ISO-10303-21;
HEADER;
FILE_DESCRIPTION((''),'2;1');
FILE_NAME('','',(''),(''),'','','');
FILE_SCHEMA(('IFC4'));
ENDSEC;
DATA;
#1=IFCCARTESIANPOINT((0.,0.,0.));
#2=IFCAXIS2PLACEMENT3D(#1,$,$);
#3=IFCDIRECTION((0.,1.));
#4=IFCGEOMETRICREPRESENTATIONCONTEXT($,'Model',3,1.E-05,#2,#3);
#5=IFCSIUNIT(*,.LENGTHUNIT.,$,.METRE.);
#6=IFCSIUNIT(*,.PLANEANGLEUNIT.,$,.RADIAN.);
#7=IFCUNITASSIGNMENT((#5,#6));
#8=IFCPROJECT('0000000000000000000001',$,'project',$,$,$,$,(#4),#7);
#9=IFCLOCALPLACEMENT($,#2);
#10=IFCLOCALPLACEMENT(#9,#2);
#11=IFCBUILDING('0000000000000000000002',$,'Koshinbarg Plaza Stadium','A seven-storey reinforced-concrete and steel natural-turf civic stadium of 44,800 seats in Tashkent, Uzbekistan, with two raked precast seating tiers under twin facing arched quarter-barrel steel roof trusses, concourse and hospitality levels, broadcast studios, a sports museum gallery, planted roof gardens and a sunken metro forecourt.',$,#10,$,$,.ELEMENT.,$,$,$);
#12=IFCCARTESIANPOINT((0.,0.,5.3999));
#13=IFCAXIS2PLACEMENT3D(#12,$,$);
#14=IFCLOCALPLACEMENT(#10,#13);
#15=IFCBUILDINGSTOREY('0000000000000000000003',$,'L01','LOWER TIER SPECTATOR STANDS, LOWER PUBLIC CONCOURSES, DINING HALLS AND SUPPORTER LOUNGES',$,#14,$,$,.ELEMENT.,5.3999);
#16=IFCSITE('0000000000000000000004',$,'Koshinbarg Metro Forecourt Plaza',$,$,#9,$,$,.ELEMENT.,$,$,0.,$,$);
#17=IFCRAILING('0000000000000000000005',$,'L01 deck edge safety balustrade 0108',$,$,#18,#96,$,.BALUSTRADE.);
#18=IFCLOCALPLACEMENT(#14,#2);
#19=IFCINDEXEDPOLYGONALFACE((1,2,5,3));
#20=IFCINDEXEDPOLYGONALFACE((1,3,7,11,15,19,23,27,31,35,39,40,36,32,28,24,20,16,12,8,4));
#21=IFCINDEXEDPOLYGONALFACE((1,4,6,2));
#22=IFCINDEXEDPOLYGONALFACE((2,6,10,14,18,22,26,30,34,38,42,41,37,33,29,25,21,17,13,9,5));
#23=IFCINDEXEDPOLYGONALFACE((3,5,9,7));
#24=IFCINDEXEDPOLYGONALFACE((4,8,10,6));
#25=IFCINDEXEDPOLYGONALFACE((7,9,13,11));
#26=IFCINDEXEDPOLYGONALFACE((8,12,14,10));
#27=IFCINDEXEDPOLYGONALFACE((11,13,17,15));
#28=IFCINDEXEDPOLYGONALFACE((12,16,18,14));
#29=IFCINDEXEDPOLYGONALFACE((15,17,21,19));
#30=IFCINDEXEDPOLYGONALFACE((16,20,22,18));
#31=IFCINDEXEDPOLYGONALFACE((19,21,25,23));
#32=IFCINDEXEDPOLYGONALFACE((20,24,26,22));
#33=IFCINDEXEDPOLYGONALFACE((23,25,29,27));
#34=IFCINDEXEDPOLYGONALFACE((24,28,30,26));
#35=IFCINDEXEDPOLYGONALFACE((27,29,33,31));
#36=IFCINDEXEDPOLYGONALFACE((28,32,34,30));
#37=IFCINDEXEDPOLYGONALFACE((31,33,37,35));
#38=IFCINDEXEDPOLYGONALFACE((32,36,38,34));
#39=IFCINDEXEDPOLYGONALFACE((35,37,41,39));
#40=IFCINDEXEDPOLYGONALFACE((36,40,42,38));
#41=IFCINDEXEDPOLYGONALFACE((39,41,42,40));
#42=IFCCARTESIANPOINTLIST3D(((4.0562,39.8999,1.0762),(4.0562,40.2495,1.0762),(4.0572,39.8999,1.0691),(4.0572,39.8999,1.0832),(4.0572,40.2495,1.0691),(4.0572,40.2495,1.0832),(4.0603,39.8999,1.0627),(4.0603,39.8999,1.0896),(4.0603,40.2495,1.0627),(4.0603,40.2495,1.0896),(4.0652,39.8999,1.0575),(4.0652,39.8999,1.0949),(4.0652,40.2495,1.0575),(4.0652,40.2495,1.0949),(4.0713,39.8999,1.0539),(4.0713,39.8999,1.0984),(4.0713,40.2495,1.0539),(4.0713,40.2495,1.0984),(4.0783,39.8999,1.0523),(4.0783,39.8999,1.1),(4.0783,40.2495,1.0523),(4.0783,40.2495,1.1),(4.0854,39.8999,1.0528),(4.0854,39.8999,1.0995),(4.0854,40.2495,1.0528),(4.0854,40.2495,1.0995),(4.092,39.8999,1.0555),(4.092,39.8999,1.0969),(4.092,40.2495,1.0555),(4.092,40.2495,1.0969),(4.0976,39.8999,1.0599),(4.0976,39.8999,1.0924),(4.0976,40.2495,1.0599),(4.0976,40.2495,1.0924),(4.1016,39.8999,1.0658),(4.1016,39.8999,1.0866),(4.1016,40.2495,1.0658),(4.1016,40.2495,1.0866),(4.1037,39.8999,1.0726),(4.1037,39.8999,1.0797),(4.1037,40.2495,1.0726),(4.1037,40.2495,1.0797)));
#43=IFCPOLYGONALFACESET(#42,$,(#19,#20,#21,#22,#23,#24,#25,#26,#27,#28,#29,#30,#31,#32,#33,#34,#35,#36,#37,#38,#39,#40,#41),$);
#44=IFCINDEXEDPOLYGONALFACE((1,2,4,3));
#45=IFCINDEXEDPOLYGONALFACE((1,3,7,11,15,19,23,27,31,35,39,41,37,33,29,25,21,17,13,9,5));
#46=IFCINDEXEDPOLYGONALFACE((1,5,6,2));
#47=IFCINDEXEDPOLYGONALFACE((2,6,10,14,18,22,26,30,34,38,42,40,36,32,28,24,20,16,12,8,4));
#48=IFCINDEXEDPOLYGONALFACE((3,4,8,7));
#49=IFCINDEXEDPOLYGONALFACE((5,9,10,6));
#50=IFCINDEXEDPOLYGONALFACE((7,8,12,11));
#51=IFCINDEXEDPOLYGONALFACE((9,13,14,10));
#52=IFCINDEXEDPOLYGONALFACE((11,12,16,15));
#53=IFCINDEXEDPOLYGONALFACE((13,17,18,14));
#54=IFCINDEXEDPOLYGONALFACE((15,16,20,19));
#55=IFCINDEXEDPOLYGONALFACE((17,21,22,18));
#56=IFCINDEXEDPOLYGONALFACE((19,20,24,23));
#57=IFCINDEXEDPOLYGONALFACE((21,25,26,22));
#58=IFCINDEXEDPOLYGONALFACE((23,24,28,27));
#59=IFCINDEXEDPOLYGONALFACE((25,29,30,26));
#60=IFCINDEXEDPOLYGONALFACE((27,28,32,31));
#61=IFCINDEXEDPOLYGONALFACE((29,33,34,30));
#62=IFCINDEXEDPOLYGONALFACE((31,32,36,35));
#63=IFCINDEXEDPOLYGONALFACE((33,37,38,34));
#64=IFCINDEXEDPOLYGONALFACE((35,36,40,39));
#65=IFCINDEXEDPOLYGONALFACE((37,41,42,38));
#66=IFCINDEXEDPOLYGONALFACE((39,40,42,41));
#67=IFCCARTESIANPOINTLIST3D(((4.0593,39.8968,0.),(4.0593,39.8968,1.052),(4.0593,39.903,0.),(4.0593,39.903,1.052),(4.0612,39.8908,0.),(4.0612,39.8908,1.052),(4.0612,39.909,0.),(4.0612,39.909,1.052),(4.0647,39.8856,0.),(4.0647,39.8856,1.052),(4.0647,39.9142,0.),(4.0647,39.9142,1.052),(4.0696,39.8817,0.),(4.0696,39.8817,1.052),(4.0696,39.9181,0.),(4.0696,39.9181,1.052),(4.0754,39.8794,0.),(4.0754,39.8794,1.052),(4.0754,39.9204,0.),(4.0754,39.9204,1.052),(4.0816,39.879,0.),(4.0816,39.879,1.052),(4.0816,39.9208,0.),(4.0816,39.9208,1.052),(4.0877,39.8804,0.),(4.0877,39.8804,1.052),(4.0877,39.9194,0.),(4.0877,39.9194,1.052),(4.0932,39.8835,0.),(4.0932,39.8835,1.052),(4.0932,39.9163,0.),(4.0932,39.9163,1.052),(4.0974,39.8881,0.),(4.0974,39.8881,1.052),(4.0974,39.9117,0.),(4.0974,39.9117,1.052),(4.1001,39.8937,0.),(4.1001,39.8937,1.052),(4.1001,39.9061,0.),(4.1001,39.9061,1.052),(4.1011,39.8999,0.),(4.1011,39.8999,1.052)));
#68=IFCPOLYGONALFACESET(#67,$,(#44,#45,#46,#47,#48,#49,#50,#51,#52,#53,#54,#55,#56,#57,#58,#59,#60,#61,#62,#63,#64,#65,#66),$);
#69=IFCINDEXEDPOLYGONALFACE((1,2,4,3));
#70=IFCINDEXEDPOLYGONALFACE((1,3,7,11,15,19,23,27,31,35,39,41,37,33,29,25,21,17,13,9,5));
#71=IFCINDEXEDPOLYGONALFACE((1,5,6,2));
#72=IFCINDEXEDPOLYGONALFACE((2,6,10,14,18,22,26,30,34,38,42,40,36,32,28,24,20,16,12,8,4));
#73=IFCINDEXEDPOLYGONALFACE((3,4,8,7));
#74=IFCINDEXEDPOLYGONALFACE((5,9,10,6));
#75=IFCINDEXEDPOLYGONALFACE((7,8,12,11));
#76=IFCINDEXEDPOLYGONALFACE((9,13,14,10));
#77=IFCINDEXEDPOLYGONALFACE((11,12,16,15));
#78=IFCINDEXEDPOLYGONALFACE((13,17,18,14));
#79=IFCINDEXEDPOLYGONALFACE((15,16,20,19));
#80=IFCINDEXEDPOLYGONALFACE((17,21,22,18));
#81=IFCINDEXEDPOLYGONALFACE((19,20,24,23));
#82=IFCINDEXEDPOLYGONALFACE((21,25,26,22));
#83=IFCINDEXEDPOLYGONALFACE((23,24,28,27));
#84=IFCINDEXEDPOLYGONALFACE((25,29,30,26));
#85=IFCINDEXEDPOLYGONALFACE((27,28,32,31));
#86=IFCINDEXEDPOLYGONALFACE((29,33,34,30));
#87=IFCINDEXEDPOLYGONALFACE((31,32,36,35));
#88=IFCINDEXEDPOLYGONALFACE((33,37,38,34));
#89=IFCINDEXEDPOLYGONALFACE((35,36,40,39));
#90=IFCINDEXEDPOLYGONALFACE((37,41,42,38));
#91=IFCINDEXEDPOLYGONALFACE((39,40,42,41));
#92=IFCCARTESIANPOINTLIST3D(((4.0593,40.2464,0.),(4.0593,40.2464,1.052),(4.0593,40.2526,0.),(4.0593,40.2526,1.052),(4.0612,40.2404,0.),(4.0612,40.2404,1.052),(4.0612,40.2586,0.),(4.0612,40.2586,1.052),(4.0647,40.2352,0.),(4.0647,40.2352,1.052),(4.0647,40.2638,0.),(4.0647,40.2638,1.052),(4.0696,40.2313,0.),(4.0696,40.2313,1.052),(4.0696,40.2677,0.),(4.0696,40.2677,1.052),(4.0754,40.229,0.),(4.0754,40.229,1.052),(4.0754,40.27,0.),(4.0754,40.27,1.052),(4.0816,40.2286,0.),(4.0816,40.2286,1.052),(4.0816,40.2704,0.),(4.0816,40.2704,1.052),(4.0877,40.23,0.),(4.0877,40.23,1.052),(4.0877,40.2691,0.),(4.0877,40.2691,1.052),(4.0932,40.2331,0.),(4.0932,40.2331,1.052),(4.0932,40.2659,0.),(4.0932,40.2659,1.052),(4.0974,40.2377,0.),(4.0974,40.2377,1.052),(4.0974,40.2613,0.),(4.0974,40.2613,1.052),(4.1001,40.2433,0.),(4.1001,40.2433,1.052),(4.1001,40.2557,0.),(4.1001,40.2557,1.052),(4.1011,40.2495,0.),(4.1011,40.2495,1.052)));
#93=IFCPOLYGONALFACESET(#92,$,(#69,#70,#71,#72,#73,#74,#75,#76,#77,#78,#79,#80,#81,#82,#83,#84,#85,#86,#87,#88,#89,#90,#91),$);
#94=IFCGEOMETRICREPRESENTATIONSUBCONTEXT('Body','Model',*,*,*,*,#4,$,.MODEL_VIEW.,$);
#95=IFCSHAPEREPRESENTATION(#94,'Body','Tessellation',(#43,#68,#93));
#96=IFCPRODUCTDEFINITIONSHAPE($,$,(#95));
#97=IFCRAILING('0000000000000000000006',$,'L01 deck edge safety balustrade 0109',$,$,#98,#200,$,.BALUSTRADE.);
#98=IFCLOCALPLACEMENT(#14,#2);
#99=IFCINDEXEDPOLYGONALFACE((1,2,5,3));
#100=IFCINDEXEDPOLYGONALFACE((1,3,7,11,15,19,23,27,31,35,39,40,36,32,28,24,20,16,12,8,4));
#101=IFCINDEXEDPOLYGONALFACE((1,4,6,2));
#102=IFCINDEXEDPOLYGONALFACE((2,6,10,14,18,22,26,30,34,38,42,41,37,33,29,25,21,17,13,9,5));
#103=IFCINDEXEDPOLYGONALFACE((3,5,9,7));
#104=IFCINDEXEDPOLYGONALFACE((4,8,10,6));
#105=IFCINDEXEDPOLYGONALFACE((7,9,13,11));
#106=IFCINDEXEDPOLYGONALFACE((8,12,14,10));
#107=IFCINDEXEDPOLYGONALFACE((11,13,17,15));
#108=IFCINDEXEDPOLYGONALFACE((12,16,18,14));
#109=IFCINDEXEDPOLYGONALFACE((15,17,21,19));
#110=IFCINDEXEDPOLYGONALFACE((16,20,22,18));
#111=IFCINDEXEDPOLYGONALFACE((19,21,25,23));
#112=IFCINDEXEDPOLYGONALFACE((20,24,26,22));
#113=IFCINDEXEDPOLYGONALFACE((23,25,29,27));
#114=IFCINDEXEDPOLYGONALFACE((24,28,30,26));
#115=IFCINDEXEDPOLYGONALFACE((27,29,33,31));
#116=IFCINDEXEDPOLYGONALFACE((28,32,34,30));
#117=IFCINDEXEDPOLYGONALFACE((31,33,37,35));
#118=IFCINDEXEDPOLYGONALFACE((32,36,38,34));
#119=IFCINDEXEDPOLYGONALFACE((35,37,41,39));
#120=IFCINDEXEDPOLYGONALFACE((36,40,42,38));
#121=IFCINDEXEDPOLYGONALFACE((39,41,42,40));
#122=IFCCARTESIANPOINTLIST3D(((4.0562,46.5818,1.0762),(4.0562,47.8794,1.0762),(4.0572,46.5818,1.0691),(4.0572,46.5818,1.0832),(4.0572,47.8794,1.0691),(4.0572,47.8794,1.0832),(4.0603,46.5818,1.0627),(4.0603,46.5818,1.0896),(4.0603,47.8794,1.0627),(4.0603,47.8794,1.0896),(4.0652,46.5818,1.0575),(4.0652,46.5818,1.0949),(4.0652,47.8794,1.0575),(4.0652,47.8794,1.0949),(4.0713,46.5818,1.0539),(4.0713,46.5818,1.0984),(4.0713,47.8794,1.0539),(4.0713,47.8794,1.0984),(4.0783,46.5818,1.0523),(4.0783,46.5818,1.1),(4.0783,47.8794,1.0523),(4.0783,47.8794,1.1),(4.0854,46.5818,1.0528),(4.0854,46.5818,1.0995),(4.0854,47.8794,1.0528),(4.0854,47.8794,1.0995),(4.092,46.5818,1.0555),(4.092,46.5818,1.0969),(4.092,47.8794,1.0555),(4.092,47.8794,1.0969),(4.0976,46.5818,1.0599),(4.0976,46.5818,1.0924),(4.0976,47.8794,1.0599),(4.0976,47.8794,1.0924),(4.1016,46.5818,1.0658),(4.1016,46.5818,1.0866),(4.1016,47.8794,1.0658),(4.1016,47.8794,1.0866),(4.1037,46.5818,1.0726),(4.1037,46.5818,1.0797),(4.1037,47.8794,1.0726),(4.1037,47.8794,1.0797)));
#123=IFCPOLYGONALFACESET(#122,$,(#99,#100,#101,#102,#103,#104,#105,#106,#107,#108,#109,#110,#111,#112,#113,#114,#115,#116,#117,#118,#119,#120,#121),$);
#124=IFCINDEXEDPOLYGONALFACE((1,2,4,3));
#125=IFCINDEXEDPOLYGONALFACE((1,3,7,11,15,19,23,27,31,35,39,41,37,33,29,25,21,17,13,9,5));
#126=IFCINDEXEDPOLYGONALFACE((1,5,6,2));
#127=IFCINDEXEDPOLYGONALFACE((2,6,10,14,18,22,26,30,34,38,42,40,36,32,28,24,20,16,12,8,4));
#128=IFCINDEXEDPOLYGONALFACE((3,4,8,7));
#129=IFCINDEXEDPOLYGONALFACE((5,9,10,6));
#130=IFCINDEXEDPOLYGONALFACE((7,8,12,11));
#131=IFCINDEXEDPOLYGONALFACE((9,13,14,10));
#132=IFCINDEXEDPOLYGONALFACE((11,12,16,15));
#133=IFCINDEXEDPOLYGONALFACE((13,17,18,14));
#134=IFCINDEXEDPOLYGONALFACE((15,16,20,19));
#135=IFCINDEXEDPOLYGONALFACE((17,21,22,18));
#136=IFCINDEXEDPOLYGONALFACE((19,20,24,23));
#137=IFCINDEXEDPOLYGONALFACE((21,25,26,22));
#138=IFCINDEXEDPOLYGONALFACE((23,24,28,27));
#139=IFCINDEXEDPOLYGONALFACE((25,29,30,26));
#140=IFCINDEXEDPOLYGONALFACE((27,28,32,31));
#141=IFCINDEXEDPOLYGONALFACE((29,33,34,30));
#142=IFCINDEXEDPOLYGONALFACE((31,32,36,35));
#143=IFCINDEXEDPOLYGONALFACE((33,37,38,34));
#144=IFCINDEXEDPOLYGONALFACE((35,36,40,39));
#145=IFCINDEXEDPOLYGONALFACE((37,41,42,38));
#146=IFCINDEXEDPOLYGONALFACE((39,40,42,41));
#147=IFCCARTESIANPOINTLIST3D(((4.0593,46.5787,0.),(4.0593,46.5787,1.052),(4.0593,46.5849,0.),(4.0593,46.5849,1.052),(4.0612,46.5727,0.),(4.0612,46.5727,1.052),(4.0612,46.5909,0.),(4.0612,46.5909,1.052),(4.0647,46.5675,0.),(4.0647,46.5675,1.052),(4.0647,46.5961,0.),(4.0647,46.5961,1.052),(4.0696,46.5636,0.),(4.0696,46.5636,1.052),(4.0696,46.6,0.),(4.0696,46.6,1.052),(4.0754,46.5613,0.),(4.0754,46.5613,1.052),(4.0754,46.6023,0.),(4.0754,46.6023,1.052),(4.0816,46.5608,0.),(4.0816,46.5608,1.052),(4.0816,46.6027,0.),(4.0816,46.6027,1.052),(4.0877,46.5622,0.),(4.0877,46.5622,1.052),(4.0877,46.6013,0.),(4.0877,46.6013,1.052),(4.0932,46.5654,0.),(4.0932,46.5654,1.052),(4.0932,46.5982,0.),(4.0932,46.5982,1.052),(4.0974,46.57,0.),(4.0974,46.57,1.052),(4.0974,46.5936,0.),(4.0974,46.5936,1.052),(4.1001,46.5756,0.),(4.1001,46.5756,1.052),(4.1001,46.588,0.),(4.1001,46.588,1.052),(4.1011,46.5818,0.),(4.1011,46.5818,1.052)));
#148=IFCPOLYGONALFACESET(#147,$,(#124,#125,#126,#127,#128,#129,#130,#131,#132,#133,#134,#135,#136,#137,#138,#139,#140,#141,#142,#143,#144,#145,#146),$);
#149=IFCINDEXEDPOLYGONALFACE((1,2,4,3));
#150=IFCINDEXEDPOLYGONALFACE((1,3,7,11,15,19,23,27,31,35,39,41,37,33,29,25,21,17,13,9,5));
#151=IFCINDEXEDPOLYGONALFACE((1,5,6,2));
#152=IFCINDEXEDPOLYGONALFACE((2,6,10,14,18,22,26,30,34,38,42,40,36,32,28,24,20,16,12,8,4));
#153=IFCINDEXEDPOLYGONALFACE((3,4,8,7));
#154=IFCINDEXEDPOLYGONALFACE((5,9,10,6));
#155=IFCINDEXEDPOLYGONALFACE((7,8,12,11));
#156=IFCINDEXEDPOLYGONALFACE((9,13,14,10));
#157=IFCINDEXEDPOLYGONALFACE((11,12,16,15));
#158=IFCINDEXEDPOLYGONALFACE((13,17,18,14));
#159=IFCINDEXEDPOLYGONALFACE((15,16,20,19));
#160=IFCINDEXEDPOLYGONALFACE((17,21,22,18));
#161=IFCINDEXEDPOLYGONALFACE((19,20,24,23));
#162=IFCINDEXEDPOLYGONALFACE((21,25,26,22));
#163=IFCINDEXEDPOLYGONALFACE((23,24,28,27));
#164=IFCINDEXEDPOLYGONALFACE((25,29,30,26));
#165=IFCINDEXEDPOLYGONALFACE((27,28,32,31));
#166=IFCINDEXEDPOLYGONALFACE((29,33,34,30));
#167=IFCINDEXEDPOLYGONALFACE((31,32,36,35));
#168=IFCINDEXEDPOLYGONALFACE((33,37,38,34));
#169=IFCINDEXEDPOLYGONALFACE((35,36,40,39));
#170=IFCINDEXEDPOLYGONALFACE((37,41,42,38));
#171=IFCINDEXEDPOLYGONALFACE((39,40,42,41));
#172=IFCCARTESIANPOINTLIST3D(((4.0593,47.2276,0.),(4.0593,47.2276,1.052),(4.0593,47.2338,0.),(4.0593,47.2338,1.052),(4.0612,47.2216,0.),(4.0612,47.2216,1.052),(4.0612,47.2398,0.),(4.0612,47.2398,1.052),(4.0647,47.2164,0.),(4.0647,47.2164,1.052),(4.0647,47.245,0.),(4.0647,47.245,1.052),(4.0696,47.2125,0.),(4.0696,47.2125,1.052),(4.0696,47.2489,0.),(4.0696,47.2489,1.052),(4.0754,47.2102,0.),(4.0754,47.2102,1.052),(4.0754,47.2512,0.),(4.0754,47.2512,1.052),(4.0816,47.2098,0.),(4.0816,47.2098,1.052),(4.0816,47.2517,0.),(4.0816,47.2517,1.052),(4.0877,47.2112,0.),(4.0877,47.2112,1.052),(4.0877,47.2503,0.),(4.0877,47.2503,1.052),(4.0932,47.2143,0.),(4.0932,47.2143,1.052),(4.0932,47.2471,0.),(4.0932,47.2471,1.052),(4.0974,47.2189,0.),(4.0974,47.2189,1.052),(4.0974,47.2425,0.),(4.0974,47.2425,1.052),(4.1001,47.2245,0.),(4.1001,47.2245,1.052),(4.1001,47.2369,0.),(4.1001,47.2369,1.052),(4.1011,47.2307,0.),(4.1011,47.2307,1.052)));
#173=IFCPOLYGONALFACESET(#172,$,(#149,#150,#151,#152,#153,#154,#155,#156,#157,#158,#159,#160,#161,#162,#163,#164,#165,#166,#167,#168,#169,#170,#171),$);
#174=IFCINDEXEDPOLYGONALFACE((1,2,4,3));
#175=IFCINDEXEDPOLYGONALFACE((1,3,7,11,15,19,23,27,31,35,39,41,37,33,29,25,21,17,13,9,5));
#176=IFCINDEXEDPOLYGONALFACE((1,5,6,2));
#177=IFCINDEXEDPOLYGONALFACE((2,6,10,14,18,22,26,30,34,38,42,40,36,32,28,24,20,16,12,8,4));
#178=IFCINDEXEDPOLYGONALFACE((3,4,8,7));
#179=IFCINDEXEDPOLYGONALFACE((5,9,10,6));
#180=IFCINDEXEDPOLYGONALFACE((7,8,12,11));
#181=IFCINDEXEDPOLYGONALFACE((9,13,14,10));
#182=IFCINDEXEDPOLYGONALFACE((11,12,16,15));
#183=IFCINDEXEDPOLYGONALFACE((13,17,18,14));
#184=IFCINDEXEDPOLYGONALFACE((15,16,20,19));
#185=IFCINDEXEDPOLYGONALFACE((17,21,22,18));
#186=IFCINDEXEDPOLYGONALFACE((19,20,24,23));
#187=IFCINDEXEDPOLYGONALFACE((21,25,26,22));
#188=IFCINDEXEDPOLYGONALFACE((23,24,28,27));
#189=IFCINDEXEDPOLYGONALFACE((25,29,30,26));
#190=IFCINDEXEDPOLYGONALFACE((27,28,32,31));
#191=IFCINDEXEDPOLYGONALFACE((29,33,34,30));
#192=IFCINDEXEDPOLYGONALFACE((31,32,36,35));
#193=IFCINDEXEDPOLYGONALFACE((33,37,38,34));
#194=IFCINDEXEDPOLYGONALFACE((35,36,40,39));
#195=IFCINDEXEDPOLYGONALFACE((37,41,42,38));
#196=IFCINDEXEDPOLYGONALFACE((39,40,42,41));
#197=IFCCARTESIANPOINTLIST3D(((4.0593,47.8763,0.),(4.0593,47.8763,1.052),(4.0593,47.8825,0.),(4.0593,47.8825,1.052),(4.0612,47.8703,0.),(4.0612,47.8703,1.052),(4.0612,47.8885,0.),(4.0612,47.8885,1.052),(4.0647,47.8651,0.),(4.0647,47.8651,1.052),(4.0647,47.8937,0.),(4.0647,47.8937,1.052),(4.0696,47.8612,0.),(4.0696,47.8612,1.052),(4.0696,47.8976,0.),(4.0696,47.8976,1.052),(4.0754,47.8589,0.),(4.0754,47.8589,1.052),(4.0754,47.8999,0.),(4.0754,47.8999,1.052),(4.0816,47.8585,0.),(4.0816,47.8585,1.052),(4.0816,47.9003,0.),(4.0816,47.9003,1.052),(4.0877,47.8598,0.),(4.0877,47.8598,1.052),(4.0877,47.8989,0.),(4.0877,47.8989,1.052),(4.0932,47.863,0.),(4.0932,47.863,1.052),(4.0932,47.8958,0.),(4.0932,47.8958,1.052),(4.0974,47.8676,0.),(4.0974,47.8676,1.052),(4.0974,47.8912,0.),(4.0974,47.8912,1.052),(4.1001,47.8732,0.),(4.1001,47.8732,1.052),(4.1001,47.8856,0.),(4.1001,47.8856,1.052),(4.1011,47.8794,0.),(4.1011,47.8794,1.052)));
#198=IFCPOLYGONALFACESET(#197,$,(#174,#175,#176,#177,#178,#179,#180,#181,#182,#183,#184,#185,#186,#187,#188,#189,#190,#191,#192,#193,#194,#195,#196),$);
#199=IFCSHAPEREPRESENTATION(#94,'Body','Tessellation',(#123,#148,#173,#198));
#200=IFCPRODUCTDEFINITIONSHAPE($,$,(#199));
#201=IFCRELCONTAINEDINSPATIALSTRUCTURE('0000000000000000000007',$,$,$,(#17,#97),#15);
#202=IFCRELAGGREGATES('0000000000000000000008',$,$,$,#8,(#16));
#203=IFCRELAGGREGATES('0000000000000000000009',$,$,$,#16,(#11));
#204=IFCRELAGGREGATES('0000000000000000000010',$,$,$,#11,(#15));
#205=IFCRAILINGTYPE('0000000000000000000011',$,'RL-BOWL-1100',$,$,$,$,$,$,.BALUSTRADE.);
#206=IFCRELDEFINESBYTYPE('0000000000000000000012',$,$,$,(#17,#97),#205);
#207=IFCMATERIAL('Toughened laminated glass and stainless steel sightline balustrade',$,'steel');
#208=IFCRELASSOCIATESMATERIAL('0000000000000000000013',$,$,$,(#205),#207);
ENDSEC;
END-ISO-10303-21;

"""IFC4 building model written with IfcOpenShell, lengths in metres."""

from ifc_helpers import new_model, si_unit, direction, frame, origin, origin_2d, place, context, subcontext, project, spatial, circle, extrude, material, type_object, element, save


model = new_model("IFC4")

# Units and contexts
model_context = context("Model", 3, precision=1e-05, world=origin(), true_north=direction((0.0, 1.0)))
body_context = subcontext(model_context, "Body", "Model", "MODEL_VIEW")
ifc_project = project(units=[si_unit("LENGTHUNIT", "METRE"), si_unit("PLANEANGLEUNIT", "RADIAN")], contexts=[model_context])

# Site, building, storey
site_placement = place(None, origin())
site = spatial("IfcSite", under=ifc_project, at=site_placement, Name="Koshinbarg Metro Forecourt Plaza", CompositionType="ELEMENT", RefElevation=0.0)
building_placement = place(site_placement, origin())
building = spatial("IfcBuilding", under=site, at=building_placement, Name="Koshinbarg Plaza Stadium", Description="A seven-storey reinforced-concrete and steel natural-turf civic stadium of 44,800 seats in Tashkent, Uzbekistan, with two raked precast seating tiers under twin facing arched quarter-barrel steel roof trusses, concourse and hospitality levels, broadcast studios, a sports museum gallery, planted roof gardens and a sunken metro forecourt.", CompositionType="ELEMENT")
storey_placement = place(building_placement, frame((0.0, 0.0, 5.3999)))
storey = spatial("IfcBuildingStorey", under=building, at=storey_placement, Name="L01", Description="LOWER TIER SPECTATOR STANDS, LOWER PUBLIC CONCOURSES, DINING HALLS AND SUPPORTER LOUNGES", CompositionType="ELEMENT", Elevation=5.3999)

# Railings
ifc_material_1 = material(Name="Toughened laminated glass and stainless steel sightline balustrade", Category="steel")
railing_type = type_object("IfcRailingType", Name="RL-BOWL-1100", PredefinedType="BALUSTRADE", material=ifc_material_1)
railing_1_placement = place(storey_placement, frame((4.0801, 39.8999, 0.0)))
element("IfcRailing", 1, at=railing_1_placement, inside=storey, type_object=railing_type, Name="L01 deck edge safety balustrade 0108", PredefinedType="BALUSTRADE", context=body_context, shape_type="SweptSolid", body=[
    extrude(circle(Radius=0.0239, at=origin_2d()), frame((0.0, 0.0, 1.0762), z_axis=(0.0, 1.0, 0.0), x_axis=(-1.0, 0.0, 0.0)), (0.0, 0.0, 1.0), 0.3496),
    extrude(circle(Radius=0.021, at=origin_2d()), origin(), (0.0, 0.0, 1.0), 1.052),
    extrude(circle(Radius=0.021, at=origin_2d()), frame((0.0, 0.3496, 0.0)), (0.0, 0.0, 1.0), 1.052),
])
railing_2_placement = place(storey_placement, frame((4.0801, 46.5818, 0.0)))
element("IfcRailing", 2, at=railing_2_placement, inside=storey, type_object=railing_type, Name="L01 deck edge safety balustrade 0109", PredefinedType="BALUSTRADE", context=body_context, shape_type="SweptSolid", body=[
    extrude(circle(Radius=0.0239, at=origin_2d()), frame((0.0, 0.0, 1.0762), z_axis=(0.0, 1.0, 0.0), x_axis=(-1.0, 0.0, 0.0)), (0.0, 0.0, 1.0), 1.2976),
    extrude(circle(Radius=0.021, at=origin_2d()), origin(), (0.0, 0.0, 1.0), 1.052),
    extrude(circle(Radius=0.021, at=origin_2d()), frame((0.0, 0.6489, 0.0)), (0.0, 0.0, 1.0), 1.052),
    extrude(circle(Radius=0.021, at=origin_2d()), frame((0.0, 1.2976, 0.0)), (0.0, 0.0, 1.0), 1.052),
])

save(model, "model.ifc")
